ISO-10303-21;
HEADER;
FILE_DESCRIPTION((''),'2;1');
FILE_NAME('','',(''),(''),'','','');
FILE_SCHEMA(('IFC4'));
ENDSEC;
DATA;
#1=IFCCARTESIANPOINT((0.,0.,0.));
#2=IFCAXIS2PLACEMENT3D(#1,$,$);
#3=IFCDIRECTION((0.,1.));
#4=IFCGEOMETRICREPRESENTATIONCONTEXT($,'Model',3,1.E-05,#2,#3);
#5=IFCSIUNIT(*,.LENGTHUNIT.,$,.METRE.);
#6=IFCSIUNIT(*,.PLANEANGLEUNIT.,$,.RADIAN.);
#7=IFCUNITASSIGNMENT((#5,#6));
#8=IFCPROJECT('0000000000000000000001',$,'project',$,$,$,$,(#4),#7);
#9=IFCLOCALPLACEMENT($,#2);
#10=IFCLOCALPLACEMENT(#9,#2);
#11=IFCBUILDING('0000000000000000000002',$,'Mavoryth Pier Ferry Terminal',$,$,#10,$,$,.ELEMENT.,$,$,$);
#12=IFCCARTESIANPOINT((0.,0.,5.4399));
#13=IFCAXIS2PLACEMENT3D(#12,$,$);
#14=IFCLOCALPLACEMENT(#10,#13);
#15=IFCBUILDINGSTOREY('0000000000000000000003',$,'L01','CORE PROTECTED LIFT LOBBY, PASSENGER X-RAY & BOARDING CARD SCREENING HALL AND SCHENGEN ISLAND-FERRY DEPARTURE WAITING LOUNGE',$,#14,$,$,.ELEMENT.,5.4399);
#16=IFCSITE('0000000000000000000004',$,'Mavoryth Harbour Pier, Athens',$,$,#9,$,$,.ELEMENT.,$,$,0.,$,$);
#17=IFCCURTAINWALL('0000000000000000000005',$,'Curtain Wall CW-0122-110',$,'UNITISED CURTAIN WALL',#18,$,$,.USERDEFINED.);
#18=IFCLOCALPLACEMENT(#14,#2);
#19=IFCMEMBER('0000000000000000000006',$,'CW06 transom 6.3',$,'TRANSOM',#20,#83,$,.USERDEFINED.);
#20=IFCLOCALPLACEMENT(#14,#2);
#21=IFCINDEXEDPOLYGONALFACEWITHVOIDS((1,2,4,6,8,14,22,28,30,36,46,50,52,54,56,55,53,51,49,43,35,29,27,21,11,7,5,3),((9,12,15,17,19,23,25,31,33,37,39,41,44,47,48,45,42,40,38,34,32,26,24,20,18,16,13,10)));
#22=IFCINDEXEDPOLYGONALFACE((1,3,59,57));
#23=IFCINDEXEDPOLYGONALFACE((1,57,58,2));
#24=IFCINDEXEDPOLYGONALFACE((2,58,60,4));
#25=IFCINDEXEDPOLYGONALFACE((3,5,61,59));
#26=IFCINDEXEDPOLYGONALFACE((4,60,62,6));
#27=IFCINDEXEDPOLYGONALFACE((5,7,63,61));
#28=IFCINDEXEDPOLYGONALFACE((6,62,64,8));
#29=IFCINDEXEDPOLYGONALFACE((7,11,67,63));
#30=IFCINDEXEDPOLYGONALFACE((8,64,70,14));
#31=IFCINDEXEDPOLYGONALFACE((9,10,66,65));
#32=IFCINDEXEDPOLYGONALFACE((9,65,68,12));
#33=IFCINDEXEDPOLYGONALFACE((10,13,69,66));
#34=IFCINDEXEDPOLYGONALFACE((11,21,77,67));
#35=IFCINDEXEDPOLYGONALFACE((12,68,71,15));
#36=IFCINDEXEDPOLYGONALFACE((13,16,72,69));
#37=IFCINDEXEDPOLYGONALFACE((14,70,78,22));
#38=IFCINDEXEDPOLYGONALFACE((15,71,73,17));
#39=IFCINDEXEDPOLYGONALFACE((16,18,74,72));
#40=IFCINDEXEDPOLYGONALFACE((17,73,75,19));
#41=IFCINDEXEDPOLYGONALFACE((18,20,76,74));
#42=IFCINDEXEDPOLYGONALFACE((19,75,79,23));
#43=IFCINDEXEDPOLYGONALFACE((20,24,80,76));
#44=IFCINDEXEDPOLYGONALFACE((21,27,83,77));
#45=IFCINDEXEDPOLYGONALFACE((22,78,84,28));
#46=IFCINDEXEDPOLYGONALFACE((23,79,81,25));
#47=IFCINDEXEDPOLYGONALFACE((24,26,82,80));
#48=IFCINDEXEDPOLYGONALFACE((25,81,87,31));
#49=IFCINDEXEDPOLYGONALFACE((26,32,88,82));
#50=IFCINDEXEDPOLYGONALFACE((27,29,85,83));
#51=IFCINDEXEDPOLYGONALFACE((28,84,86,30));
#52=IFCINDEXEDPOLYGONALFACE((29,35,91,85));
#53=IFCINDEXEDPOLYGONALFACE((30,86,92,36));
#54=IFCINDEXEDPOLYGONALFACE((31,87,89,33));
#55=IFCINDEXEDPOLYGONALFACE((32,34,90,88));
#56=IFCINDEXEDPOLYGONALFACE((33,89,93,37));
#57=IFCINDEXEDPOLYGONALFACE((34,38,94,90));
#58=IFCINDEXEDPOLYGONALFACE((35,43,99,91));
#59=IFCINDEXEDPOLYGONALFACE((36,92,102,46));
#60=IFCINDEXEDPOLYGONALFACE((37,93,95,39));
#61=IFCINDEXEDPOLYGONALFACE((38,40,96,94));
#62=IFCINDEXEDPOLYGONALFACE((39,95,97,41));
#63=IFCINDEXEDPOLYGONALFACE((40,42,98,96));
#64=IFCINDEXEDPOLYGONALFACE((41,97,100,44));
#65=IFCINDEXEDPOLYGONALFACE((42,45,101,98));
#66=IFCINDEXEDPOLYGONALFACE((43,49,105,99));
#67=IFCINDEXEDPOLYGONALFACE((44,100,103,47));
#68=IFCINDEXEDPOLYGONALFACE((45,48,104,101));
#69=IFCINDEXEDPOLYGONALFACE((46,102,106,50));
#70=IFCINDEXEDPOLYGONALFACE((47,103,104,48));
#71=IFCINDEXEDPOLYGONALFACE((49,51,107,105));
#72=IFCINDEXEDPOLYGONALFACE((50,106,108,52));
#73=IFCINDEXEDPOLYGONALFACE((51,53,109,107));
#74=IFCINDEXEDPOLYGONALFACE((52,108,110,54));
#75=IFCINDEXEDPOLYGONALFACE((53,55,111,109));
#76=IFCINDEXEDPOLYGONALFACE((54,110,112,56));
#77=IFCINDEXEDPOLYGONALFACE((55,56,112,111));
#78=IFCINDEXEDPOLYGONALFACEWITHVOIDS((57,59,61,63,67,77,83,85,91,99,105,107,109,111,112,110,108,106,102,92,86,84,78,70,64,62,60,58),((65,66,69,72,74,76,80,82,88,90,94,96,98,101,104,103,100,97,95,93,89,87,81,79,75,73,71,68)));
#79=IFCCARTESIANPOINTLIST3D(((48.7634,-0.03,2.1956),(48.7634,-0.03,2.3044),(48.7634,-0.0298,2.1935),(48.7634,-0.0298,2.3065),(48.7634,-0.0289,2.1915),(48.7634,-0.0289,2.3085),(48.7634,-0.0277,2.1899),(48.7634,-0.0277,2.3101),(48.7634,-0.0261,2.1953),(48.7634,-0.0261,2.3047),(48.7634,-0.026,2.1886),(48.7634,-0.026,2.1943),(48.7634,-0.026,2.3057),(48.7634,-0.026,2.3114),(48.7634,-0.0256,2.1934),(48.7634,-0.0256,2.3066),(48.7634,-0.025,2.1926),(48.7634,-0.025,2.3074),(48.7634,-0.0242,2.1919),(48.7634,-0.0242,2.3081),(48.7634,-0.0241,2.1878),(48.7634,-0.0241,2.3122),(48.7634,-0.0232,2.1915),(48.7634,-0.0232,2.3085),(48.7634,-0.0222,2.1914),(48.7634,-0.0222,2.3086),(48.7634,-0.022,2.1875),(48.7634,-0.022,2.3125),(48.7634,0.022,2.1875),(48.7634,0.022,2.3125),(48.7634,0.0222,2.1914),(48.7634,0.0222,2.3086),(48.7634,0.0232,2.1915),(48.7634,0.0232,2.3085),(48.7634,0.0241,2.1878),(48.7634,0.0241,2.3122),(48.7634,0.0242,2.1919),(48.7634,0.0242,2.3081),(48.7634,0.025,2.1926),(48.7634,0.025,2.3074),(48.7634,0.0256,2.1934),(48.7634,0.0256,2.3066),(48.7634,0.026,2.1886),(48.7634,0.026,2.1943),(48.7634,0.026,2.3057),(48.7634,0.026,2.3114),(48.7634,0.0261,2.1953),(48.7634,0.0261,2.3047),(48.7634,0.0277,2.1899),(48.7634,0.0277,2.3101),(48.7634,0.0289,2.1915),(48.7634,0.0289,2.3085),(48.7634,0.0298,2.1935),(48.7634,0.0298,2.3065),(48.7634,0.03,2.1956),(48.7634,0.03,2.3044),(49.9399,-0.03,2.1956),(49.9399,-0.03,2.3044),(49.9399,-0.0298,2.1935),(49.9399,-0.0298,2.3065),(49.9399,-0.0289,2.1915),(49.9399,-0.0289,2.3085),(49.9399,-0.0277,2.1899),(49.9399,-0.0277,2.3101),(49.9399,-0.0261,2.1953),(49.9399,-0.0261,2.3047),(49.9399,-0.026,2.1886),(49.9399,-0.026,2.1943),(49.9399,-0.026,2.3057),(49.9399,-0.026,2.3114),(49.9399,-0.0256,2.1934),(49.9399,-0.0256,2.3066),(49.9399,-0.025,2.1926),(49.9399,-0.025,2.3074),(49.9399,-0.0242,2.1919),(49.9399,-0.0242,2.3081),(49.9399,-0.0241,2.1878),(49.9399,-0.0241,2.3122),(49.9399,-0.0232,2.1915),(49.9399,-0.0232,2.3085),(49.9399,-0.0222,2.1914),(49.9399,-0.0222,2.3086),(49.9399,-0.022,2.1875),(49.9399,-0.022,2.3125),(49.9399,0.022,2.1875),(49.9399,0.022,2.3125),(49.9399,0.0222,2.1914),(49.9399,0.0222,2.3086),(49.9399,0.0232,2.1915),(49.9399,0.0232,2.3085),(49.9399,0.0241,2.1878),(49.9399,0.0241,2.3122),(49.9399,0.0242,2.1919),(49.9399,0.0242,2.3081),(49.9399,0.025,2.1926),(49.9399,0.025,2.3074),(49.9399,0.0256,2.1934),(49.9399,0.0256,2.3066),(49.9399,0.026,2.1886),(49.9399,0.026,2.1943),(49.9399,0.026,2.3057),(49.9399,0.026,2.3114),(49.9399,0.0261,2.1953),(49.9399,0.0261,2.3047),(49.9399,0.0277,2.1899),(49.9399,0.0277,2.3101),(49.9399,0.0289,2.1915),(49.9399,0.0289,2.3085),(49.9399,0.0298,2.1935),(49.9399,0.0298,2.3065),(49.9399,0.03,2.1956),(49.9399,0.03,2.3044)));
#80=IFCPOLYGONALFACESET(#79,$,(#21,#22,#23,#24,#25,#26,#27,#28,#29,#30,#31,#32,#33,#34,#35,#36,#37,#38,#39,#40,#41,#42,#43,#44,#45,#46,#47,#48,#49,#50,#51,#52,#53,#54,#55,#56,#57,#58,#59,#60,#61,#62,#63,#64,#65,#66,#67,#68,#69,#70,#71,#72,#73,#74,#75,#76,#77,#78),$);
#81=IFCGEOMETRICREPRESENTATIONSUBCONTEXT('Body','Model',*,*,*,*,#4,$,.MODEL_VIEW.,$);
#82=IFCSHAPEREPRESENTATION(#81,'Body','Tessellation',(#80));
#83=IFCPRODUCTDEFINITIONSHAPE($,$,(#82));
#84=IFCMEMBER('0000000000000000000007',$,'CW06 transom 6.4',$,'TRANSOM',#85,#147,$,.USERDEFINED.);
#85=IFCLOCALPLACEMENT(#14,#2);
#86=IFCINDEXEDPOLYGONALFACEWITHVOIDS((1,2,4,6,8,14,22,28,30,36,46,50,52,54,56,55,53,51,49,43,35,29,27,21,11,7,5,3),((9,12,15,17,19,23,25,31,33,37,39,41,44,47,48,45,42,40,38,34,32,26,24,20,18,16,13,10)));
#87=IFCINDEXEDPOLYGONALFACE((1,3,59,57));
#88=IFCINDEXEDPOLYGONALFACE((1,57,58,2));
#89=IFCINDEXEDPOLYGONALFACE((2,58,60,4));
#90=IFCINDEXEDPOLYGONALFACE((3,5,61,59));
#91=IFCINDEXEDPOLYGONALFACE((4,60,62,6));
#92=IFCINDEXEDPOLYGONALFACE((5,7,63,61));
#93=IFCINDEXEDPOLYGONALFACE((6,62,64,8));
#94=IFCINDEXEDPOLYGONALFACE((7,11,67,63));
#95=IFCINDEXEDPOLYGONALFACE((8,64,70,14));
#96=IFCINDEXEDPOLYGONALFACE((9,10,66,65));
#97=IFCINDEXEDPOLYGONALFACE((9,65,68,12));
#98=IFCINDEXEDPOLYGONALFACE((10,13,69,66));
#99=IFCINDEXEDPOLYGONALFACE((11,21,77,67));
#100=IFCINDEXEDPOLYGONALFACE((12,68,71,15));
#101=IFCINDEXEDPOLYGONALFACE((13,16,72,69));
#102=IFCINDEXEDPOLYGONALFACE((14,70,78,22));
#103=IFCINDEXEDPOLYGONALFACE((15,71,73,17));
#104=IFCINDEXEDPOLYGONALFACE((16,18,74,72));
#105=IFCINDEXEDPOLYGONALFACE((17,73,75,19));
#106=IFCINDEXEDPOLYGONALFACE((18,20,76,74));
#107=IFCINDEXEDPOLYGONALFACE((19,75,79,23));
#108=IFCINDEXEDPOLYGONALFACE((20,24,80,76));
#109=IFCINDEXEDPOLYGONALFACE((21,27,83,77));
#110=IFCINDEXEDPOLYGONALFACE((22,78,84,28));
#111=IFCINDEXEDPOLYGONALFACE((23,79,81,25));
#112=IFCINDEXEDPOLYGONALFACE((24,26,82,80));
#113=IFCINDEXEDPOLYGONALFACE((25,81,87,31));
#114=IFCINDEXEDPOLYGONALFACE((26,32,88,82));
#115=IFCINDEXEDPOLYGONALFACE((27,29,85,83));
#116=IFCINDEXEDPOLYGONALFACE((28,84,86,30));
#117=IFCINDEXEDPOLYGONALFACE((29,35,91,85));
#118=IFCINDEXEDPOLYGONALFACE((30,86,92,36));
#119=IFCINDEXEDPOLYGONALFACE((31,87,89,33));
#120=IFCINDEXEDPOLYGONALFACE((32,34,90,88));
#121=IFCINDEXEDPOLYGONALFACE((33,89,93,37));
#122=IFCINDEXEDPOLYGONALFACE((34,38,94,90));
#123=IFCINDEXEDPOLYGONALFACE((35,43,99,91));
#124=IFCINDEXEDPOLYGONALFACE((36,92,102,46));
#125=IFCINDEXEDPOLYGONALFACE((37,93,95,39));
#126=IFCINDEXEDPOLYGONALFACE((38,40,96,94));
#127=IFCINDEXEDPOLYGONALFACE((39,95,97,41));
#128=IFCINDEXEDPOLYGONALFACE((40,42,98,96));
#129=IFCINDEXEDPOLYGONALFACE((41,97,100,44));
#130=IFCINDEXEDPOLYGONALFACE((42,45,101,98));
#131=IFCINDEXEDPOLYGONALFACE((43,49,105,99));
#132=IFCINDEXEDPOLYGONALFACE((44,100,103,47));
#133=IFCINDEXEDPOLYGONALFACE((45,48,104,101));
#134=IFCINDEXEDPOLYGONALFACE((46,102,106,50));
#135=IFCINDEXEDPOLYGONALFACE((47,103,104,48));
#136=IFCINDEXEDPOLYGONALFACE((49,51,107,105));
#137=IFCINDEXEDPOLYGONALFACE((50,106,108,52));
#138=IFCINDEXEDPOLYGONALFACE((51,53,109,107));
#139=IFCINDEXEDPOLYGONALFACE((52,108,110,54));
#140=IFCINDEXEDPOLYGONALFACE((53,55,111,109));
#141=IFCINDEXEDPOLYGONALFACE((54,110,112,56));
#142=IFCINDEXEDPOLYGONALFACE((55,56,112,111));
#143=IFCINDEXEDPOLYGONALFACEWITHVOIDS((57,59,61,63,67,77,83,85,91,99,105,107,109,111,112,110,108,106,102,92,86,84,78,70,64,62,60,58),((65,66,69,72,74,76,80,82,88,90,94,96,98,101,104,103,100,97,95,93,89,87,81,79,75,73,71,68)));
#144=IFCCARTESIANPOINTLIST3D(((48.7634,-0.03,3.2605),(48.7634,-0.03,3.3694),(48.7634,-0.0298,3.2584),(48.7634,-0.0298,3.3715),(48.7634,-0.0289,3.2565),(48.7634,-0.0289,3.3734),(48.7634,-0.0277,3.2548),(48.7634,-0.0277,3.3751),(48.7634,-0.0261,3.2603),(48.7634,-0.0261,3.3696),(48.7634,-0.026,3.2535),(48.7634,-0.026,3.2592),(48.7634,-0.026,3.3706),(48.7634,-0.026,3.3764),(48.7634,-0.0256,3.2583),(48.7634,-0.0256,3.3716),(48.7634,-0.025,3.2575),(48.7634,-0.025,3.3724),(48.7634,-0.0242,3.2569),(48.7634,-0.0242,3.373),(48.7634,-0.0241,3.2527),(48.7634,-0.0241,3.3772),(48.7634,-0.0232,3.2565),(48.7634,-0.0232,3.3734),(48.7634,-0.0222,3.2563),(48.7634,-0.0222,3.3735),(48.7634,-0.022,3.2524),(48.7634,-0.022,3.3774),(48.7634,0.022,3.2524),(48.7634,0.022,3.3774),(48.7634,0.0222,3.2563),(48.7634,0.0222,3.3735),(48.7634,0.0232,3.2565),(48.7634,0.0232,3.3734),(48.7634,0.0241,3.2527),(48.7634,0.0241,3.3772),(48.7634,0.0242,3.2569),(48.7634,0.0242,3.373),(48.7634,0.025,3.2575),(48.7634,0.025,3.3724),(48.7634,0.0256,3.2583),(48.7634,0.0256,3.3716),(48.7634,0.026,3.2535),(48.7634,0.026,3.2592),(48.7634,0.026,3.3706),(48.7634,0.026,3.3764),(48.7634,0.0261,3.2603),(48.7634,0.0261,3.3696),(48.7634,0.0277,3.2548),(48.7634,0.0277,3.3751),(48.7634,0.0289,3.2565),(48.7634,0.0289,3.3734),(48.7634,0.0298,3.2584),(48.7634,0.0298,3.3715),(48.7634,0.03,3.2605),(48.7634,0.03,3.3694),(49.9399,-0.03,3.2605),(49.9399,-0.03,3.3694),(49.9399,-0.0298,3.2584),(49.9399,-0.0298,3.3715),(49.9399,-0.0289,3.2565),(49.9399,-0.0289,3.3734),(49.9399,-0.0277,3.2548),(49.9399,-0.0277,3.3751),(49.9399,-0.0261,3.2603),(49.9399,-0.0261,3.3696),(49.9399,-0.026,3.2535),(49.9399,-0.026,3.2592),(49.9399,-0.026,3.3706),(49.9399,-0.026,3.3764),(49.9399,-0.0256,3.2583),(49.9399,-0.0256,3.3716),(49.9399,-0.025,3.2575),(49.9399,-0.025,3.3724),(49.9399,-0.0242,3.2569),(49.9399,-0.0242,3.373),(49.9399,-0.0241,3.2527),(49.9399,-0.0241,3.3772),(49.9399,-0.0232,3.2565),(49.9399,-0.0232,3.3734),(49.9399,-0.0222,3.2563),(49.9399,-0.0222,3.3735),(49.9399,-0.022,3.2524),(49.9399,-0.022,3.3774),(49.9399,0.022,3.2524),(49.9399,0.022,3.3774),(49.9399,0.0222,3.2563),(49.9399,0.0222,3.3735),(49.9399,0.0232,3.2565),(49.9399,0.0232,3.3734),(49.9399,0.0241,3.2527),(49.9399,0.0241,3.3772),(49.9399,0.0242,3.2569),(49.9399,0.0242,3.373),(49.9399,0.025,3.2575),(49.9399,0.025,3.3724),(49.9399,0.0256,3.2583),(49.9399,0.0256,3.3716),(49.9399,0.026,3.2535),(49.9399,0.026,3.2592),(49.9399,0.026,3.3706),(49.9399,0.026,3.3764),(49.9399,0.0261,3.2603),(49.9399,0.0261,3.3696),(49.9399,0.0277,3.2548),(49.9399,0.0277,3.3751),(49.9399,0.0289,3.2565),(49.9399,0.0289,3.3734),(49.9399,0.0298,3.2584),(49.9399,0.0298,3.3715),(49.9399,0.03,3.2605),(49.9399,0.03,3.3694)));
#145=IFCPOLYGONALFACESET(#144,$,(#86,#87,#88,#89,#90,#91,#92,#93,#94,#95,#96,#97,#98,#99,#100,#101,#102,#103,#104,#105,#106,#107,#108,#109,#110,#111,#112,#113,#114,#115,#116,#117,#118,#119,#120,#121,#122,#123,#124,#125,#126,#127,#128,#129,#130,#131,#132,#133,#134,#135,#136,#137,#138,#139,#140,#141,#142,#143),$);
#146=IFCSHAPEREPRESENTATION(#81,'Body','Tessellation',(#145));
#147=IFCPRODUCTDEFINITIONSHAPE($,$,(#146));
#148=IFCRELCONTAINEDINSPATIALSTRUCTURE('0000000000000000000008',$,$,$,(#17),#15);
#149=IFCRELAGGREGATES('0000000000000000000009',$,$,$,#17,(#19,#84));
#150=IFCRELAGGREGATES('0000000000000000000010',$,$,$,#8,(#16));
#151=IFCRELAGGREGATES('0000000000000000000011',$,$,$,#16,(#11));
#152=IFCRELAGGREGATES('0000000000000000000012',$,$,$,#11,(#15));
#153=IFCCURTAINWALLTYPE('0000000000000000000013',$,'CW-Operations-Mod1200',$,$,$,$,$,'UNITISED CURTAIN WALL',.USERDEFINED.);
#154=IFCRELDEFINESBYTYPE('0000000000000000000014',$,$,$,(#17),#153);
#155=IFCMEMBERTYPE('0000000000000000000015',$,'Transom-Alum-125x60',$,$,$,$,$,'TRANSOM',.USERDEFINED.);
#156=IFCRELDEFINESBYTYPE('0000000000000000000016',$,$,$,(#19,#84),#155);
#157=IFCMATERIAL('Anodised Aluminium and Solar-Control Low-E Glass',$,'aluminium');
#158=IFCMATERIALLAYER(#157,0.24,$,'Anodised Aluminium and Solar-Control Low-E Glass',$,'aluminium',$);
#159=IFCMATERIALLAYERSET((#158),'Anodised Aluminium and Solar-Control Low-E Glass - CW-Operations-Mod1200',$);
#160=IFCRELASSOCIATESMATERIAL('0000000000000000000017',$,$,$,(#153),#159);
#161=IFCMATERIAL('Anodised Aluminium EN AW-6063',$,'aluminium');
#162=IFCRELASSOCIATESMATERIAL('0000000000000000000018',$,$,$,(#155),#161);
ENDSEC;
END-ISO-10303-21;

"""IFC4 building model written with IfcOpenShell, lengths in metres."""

from ifc_helpers import new_model, si_unit, direction, frame, origin, origin_2d, place, context, subcontext, project, spatial, hollow_rectangle, extrude, material, layer, layer_set, material_profile, profile_set, type_object, element, aggregate, save


model = new_model("IFC4")

# Units and contexts
model_context = context("Model", 3, precision=1e-05, world=origin(), true_north=direction((0.0, 1.0)))
body_context = subcontext(model_context, "Body", "Model", "MODEL_VIEW")
ifc_project = project(units=[si_unit("LENGTHUNIT", "METRE"), si_unit("PLANEANGLEUNIT", "RADIAN")], contexts=[model_context])

# Site, building, storey
site_placement = place(None, origin())
site = spatial("IfcSite", under=ifc_project, at=site_placement, Name="Mavoryth Harbour Pier, Athens", CompositionType="ELEMENT", RefElevation=0.0)
building_placement = place(site_placement, origin())
building = spatial("IfcBuilding", under=site, at=building_placement, Name="Mavoryth Pier Ferry Terminal", CompositionType="ELEMENT")
storey_placement = place(building_placement, frame((0.0, 0.0, 5.4399)))
storey = spatial("IfcBuildingStorey", under=building, at=storey_placement, Name="L01", Description="CORE PROTECTED LIFT LOBBY, PASSENGER X-RAY & BOARDING CARD SCREENING HALL AND SCHENGEN ISLAND-FERRY DEPARTURE WAITING LOUNGE", CompositionType="ELEMENT", Elevation=5.4399)

# Curtain wall
ifc_material_1 = material(Name="Anodised Aluminium and Solar-Control Low-E Glass", Category="aluminium")
ifc_layer_1 = layer(ifc_material_1, 0.24, Name="Anodised Aluminium and Solar-Control Low-E Glass", Category="aluminium")
ifc_layer_set_1 = layer_set([ifc_layer_1], Name="Anodised Aluminium and Solar-Control Low-E Glass - CW-Operations-Mod1200")
curtain_wall_type = type_object("IfcCurtainWallType", Name="CW-Operations-Mod1200", ElementType="UNITISED CURTAIN WALL", PredefinedType="USERDEFINED", material=ifc_layer_set_1)
curtain_wall_1_placement = place(storey_placement, origin())
curtain_wall_1 = element("IfcCurtainWall", 1, at=curtain_wall_1_placement, inside=storey, type_object=curtain_wall_type, Name="Curtain Wall CW-0122-110", ObjectType="UNITISED CURTAIN WALL", PredefinedType="USERDEFINED")
ifc_material_2 = material(Name="Anodised Aluminium EN AW-6063", Category="aluminium")

# Members
ifc_material_profile_1 = material_profile(ifc_material_2, hollow_rectangle(XDim=0.0601, YDim=0.125, WallThickness=0.0039, InnerFilletRadius=0.0039, OuterFilletRadius=0.0081, at=origin_2d()), Name="AL-TRAN 125x60x4", Category="aluminium")
ifc_profile_set_1 = profile_set([ifc_material_profile_1], Name="Anodised Aluminium EN AW-6063 - AL-TRAN 125x60x4")
member_type_1 = type_object("IfcMemberType", Name="Transom-Alum-125x60", ElementType="TRANSOM", PredefinedType="USERDEFINED", material=ifc_profile_set_1)
member_1_placement = place(storey_placement, frame((48.7634, 0.0, 2.25), z_axis=(1.0, 0.0, 0.0), x_axis=(0.0, 1.0, 0.0)))
member_1 = element("IfcMember", 2, at=member_1_placement, type_object=member_type_1, Name="CW06 transom 6.3", ObjectType="TRANSOM", PredefinedType="USERDEFINED", context=body_context, shape_type="SweptSolid", body=[
    extrude(hollow_rectangle(XDim=0.0601, YDim=0.125, WallThickness=0.0039, InnerFilletRadius=0.0039, OuterFilletRadius=0.0081, at=origin_2d()), origin(), (0.0, 0.0, 1.0), 1.1765),
])
member_2_placement = place(storey_placement, frame((48.7634, 0.0, 3.3149), z_axis=(1.0, 0.0, 0.0), x_axis=(0.0, 1.0, 0.0)))
member_2 = element("IfcMember", 3, at=member_2_placement, type_object=member_type_1, Name="CW06 transom 6.4", ObjectType="TRANSOM", PredefinedType="USERDEFINED", context=body_context, shape_type="SweptSolid", body=[
    extrude(hollow_rectangle(XDim=0.0601, YDim=0.125, WallThickness=0.0039, InnerFilletRadius=0.0039, OuterFilletRadius=0.0081, at=origin_2d()), origin(), (0.0, 0.0, 1.0), 1.1765),
])

aggregate(curtain_wall_1, [member_1, member_2])

save(model, "model.ifc")
